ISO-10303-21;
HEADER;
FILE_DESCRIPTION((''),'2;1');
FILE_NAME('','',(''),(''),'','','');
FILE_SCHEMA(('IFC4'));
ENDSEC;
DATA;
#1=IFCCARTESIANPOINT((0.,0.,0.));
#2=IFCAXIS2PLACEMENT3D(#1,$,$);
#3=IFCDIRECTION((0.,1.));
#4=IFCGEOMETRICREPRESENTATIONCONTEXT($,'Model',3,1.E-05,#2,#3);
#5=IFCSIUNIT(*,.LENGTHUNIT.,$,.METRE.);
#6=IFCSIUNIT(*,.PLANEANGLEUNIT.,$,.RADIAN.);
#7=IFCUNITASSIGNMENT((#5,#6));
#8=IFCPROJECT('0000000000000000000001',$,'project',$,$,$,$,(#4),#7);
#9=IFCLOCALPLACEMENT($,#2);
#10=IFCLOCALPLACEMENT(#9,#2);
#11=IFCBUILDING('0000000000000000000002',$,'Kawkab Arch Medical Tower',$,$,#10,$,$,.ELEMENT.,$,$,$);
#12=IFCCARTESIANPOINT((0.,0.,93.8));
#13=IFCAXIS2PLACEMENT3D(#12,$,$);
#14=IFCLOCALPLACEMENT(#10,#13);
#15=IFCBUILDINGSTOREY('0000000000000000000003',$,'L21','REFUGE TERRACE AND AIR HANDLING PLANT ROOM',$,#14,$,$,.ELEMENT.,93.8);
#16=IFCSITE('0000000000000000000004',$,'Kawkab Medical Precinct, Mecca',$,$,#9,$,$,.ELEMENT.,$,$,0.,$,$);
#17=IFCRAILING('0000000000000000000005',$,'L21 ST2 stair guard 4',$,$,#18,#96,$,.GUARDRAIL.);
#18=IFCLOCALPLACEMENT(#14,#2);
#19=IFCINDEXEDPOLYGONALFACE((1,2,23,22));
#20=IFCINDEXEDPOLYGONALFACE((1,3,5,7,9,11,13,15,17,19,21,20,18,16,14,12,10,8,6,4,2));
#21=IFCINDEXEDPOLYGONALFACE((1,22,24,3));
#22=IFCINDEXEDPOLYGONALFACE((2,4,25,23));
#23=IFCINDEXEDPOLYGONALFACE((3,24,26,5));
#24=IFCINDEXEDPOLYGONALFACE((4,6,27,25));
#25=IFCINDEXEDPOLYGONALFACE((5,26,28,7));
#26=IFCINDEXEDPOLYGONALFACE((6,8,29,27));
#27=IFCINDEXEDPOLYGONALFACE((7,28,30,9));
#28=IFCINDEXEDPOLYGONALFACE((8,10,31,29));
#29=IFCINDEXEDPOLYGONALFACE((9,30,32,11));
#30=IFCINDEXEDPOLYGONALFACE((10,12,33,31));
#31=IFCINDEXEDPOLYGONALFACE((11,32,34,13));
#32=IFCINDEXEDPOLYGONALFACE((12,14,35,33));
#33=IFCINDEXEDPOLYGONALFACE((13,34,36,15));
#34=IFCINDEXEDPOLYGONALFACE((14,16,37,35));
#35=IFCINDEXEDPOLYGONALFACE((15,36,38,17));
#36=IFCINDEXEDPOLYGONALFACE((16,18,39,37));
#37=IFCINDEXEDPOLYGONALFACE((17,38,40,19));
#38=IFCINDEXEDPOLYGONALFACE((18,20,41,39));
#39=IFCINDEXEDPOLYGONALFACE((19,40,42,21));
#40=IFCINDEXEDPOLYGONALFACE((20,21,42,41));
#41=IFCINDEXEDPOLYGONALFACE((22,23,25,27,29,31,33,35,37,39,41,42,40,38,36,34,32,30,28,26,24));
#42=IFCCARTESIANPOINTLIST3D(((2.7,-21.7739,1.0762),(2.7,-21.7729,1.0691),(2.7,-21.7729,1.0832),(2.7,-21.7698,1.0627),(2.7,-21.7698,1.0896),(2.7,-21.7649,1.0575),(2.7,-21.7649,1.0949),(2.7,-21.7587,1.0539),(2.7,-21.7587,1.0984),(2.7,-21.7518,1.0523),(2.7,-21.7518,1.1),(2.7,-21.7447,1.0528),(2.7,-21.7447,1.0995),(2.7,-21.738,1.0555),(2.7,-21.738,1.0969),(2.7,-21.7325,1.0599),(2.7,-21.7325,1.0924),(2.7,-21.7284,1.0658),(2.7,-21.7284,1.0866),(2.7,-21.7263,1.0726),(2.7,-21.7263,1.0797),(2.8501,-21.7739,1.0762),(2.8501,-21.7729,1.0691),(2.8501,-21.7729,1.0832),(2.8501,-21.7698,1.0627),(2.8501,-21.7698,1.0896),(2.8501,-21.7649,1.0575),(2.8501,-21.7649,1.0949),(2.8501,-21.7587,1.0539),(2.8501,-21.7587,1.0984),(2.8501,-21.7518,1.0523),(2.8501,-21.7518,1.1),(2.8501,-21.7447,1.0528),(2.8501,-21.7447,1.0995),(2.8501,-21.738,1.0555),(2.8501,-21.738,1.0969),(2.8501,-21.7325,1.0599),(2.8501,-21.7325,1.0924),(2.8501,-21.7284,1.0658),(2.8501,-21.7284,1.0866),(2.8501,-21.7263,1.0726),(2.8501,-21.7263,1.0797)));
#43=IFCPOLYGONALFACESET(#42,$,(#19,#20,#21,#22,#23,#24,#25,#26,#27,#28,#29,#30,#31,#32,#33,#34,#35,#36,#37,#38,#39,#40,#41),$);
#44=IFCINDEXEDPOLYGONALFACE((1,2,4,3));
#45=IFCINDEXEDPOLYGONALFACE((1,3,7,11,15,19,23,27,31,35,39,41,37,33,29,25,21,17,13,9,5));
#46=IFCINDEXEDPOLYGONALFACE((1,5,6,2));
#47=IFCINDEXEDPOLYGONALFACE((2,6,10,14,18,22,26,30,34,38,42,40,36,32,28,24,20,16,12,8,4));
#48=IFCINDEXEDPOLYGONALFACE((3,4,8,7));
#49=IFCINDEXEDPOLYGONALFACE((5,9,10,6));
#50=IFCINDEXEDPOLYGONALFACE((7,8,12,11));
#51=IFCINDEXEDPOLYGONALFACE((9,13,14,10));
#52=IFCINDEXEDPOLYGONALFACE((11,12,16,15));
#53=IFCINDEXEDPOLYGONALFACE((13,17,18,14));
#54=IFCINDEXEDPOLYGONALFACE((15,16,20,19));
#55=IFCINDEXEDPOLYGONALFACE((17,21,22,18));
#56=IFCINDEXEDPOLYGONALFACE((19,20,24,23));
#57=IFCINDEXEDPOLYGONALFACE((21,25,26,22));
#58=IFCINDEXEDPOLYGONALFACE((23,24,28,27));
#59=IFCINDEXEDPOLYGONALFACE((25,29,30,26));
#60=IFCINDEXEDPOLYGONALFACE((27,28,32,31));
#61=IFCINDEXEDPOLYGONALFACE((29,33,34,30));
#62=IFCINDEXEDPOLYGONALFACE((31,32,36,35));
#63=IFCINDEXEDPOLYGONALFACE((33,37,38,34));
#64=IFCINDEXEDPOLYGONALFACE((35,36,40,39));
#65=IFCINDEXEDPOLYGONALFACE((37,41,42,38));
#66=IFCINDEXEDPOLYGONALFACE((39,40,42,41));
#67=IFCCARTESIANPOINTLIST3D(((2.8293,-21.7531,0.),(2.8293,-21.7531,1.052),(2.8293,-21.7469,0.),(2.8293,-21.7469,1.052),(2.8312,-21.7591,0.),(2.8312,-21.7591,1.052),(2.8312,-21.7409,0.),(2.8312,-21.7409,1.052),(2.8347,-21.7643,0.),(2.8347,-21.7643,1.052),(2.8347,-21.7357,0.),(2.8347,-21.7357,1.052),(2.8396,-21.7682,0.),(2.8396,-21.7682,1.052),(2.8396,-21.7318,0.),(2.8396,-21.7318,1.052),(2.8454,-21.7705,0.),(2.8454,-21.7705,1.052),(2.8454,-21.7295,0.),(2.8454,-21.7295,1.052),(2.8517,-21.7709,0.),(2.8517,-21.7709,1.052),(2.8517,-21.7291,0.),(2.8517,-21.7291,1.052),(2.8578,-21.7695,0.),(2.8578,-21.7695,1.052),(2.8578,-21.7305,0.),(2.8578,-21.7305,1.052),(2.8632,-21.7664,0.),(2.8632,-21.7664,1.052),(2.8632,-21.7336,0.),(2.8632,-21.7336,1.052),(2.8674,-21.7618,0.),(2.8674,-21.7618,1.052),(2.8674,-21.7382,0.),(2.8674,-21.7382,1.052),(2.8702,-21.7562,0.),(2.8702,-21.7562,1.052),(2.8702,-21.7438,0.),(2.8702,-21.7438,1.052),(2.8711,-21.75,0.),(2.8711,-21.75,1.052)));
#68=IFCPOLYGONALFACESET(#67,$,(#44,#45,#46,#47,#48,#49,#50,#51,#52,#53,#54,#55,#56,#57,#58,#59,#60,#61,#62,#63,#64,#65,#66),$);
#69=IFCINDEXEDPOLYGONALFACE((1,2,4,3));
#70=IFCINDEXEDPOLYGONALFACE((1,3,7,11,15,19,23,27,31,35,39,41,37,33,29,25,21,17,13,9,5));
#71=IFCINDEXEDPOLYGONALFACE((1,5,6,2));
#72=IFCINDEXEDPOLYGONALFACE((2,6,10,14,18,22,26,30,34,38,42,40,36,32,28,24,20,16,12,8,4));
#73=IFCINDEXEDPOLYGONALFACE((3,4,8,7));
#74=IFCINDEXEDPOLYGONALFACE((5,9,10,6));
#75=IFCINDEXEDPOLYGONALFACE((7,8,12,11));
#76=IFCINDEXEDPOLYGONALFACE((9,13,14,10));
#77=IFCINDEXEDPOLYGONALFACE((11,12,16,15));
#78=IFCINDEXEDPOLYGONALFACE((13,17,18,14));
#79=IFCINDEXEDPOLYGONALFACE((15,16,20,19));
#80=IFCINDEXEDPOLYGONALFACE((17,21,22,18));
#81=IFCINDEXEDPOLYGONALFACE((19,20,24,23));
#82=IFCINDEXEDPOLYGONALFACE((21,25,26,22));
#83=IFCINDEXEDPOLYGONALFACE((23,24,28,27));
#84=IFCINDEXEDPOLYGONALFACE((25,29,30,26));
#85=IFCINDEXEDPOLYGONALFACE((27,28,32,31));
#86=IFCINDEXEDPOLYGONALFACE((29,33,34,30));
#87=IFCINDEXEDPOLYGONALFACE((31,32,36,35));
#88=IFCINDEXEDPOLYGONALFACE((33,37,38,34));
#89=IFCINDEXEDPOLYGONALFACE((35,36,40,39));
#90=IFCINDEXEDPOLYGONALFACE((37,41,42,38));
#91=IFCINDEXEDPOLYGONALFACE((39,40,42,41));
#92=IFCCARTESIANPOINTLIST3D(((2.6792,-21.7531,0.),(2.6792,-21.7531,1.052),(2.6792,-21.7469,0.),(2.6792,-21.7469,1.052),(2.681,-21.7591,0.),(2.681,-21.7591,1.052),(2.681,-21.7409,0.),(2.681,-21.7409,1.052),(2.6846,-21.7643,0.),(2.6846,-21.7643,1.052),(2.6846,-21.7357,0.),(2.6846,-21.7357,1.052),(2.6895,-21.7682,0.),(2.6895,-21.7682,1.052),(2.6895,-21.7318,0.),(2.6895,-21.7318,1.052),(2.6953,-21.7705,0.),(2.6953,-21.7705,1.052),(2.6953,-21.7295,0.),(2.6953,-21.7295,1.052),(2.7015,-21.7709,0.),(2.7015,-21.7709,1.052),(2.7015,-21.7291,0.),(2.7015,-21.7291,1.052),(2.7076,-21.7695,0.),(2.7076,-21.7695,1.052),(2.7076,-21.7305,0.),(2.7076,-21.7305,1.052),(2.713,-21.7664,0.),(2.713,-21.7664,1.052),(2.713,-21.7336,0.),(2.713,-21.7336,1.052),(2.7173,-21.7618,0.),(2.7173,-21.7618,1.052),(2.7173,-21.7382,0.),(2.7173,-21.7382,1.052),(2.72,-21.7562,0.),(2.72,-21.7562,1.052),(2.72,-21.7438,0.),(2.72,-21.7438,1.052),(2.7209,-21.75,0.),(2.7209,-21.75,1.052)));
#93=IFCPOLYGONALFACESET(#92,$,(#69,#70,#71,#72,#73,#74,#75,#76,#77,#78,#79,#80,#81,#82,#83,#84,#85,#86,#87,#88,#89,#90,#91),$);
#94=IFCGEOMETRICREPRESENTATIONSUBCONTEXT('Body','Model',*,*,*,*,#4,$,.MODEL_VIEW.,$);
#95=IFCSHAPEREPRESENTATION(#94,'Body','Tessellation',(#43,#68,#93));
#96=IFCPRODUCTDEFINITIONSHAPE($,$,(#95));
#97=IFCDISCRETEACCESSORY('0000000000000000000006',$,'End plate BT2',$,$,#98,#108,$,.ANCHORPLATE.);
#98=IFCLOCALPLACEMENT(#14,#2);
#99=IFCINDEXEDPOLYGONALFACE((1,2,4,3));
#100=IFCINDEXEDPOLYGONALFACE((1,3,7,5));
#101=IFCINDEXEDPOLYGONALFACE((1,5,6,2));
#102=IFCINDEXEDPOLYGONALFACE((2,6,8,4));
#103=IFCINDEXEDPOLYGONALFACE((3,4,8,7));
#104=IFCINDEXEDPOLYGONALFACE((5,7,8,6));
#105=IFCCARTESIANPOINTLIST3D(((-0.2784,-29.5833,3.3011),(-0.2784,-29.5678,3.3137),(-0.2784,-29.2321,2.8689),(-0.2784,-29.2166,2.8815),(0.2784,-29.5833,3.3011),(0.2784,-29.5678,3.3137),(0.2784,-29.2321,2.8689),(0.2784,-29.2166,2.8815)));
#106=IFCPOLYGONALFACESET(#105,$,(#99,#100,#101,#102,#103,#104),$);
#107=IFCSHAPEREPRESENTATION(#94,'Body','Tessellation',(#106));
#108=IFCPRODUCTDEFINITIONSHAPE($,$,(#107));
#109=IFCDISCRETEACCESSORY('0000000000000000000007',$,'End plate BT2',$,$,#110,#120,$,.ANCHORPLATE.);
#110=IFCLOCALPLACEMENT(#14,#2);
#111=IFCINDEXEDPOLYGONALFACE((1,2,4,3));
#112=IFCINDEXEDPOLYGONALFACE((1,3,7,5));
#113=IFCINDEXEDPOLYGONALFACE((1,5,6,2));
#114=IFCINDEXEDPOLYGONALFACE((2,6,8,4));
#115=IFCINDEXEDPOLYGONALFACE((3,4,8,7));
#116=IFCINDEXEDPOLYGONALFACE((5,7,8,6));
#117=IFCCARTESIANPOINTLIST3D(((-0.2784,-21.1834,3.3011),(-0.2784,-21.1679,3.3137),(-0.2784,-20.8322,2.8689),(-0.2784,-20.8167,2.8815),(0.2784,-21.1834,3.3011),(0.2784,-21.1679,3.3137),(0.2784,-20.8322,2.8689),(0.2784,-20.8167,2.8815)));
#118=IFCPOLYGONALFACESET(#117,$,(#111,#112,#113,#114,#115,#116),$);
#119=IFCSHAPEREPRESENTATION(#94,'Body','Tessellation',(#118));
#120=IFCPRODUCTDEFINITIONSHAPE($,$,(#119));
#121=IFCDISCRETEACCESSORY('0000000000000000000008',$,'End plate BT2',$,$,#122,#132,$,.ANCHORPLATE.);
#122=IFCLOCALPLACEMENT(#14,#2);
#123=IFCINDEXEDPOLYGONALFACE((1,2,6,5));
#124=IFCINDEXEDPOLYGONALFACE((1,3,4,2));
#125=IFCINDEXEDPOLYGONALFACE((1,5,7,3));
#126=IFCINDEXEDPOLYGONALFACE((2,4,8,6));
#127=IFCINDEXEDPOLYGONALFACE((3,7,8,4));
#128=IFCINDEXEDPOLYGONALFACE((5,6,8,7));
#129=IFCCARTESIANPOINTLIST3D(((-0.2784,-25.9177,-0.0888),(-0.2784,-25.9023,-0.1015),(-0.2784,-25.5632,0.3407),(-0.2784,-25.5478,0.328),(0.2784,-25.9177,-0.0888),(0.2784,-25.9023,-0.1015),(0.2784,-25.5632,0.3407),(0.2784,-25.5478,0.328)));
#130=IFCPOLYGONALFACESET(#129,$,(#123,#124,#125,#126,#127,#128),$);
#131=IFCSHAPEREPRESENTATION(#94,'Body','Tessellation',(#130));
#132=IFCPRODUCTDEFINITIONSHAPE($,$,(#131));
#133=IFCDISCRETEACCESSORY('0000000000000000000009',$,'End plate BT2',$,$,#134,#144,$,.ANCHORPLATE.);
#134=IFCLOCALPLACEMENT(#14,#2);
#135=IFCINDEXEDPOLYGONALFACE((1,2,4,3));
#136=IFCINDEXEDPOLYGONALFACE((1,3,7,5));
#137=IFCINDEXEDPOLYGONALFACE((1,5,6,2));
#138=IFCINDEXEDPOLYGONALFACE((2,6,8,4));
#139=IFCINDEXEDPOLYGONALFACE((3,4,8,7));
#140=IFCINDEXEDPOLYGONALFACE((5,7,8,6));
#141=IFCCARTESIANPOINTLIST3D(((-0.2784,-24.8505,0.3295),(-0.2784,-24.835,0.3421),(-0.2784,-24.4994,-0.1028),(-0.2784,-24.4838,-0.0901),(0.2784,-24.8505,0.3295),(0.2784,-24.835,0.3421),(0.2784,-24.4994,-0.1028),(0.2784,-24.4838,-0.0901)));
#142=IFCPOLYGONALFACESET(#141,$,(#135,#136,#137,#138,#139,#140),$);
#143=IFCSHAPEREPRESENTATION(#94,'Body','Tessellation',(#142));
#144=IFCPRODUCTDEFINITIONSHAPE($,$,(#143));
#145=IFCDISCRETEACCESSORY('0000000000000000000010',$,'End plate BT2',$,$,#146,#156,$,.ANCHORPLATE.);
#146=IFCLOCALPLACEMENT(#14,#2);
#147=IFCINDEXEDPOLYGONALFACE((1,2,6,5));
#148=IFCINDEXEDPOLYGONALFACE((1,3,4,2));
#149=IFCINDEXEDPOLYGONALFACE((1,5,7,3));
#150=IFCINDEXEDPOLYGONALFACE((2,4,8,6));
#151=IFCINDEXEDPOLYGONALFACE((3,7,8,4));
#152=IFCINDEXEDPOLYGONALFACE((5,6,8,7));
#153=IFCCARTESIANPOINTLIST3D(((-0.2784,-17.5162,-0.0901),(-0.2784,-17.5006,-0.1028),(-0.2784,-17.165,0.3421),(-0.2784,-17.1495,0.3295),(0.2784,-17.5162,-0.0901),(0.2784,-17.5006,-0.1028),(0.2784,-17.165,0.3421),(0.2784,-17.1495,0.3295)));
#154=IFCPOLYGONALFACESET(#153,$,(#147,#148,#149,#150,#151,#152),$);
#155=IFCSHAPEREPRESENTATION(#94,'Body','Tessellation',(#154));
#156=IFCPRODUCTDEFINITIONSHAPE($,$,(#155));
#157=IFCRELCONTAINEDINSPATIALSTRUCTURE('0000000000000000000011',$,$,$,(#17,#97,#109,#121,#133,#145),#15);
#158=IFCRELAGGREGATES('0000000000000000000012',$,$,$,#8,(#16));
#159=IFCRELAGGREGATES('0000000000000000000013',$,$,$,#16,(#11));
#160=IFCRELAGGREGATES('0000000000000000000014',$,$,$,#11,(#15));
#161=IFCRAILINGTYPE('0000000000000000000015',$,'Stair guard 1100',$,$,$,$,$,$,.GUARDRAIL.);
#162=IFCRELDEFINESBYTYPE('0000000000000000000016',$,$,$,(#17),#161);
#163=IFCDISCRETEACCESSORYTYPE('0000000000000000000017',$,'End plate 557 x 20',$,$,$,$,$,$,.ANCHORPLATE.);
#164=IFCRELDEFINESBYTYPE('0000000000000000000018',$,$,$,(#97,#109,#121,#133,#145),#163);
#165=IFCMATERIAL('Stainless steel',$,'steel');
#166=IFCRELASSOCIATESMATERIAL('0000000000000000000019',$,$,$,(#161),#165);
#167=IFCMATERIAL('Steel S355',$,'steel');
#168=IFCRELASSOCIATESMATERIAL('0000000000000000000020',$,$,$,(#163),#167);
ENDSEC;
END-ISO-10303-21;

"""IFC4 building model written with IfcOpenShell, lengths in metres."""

from ifc_helpers import new_model, si_unit, direction, frame, origin, origin_2d, place, context, subcontext, project, spatial, rectangle, circle, extrude, material, material_profile, profile_set, type_object, element, save


model = new_model("IFC4")

# Units and contexts
model_context = context("Model", 3, precision=1e-05, world=origin(), true_north=direction((0.0, 1.0)))
body_context = subcontext(model_context, "Body", "Model", "MODEL_VIEW")
ifc_project = project(units=[si_unit("LENGTHUNIT", "METRE"), si_unit("PLANEANGLEUNIT", "RADIAN")], contexts=[model_context])

# Site, building, storey
site_placement = place(None, origin())
site = spatial("IfcSite", under=ifc_project, at=site_placement, Name="Kawkab Medical Precinct, Mecca", CompositionType="ELEMENT", RefElevation=0.0)
building_placement = place(site_placement, origin())
building = spatial("IfcBuilding", under=site, at=building_placement, Name="Kawkab Arch Medical Tower", CompositionType="ELEMENT")
storey_placement = place(building_placement, frame((0.0, 0.0, 93.8)))
storey = spatial("IfcBuildingStorey", under=building, at=storey_placement, Name="L21", Description="REFUGE TERRACE AND AIR HANDLING PLANT ROOM", CompositionType="ELEMENT", Elevation=93.8)

# Railing
ifc_material_1 = material(Name="Stainless steel", Category="steel")
railing_type_1 = type_object("IfcRailingType", Name="Stair guard 1100", PredefinedType="GUARDRAIL", material=ifc_material_1)
railing_1_placement = place(storey_placement, frame((2.8501, -21.75, 0.0)))
element("IfcRailing", 1, at=railing_1_placement, inside=storey, type_object=railing_type_1, Name="L21 ST2 stair guard 4", PredefinedType="GUARDRAIL", context=body_context, shape_type="SweptSolid", body=[
    extrude(circle(Radius=0.0239, at=origin_2d()), frame((0.0, 0.0, 1.0762), z_axis=(-1.0, 0.0, 0.0), x_axis=(0.0, -1.0, 0.0)), (0.0, 0.0, 1.0), 0.1501),
    extrude(circle(Radius=0.021, at=origin_2d()), origin(), (0.0, 0.0, 1.0), 1.052),
    extrude(circle(Radius=0.021, at=origin_2d()), frame((-0.1501, 0.0, 0.0)), (0.0, 0.0, 1.0), 1.052),
])

# Discrete accessories
ifc_material_2 = material(Name="Steel S355", Category="steel")
ifc_material_profile_1 = material_profile(ifc_material_2, rectangle(XDim=0.5569, YDim=0.5569, at=origin_2d()), Name="End plate 557 x 20")
ifc_profile_set_1 = profile_set([ifc_material_profile_1], Name="Steel S355")
discrete_accessory_type = type_object("IfcDiscreteAccessoryType", Name="End plate 557 x 20", PredefinedType="ANCHORPLATE", material=ifc_profile_set_1)
for number, where, z_axis, x_axis, name in (
    (2, (0.0, -29.4077, 3.085), (0.0, 0.776114, 0.630593), (-1.0, 0.0, 0.0), "End plate BT2"),
    (3, (0.0, -21.0078, 3.085), (0.0, 0.776114, 0.630593), (-1.0, 0.0, 0.0), "End plate BT2"),
    (4, (0.0, -25.7405, 0.126), (0.0, 0.771223, -0.636565), (-1.0, 0.0, 0.0), "End plate BT2"),
    (5, (0.0, -24.6594, 0.126), (0.0, -0.776114, -0.630593), (1.0, 0.0, 0.0), "End plate BT2"),
    (6, (0.0, -17.3406, 0.126), (0.0, 0.776114, -0.630593), (-1.0, 0.0, 0.0), "End plate BT2"),
):
    element("IfcDiscreteAccessory", number, at=place(storey_placement, frame(where, z_axis=z_axis, x_axis=x_axis)), inside=storey, type_object=discrete_accessory_type, Name=name, PredefinedType="ANCHORPLATE", context=body_context, shape_type="SweptSolid", body=[
        extrude(rectangle(XDim=0.5569, YDim=0.5569, at=origin_2d()), origin(), (0.0, 0.0, 1.0), 0.02),
    ])

save(model, "model.ifc")
